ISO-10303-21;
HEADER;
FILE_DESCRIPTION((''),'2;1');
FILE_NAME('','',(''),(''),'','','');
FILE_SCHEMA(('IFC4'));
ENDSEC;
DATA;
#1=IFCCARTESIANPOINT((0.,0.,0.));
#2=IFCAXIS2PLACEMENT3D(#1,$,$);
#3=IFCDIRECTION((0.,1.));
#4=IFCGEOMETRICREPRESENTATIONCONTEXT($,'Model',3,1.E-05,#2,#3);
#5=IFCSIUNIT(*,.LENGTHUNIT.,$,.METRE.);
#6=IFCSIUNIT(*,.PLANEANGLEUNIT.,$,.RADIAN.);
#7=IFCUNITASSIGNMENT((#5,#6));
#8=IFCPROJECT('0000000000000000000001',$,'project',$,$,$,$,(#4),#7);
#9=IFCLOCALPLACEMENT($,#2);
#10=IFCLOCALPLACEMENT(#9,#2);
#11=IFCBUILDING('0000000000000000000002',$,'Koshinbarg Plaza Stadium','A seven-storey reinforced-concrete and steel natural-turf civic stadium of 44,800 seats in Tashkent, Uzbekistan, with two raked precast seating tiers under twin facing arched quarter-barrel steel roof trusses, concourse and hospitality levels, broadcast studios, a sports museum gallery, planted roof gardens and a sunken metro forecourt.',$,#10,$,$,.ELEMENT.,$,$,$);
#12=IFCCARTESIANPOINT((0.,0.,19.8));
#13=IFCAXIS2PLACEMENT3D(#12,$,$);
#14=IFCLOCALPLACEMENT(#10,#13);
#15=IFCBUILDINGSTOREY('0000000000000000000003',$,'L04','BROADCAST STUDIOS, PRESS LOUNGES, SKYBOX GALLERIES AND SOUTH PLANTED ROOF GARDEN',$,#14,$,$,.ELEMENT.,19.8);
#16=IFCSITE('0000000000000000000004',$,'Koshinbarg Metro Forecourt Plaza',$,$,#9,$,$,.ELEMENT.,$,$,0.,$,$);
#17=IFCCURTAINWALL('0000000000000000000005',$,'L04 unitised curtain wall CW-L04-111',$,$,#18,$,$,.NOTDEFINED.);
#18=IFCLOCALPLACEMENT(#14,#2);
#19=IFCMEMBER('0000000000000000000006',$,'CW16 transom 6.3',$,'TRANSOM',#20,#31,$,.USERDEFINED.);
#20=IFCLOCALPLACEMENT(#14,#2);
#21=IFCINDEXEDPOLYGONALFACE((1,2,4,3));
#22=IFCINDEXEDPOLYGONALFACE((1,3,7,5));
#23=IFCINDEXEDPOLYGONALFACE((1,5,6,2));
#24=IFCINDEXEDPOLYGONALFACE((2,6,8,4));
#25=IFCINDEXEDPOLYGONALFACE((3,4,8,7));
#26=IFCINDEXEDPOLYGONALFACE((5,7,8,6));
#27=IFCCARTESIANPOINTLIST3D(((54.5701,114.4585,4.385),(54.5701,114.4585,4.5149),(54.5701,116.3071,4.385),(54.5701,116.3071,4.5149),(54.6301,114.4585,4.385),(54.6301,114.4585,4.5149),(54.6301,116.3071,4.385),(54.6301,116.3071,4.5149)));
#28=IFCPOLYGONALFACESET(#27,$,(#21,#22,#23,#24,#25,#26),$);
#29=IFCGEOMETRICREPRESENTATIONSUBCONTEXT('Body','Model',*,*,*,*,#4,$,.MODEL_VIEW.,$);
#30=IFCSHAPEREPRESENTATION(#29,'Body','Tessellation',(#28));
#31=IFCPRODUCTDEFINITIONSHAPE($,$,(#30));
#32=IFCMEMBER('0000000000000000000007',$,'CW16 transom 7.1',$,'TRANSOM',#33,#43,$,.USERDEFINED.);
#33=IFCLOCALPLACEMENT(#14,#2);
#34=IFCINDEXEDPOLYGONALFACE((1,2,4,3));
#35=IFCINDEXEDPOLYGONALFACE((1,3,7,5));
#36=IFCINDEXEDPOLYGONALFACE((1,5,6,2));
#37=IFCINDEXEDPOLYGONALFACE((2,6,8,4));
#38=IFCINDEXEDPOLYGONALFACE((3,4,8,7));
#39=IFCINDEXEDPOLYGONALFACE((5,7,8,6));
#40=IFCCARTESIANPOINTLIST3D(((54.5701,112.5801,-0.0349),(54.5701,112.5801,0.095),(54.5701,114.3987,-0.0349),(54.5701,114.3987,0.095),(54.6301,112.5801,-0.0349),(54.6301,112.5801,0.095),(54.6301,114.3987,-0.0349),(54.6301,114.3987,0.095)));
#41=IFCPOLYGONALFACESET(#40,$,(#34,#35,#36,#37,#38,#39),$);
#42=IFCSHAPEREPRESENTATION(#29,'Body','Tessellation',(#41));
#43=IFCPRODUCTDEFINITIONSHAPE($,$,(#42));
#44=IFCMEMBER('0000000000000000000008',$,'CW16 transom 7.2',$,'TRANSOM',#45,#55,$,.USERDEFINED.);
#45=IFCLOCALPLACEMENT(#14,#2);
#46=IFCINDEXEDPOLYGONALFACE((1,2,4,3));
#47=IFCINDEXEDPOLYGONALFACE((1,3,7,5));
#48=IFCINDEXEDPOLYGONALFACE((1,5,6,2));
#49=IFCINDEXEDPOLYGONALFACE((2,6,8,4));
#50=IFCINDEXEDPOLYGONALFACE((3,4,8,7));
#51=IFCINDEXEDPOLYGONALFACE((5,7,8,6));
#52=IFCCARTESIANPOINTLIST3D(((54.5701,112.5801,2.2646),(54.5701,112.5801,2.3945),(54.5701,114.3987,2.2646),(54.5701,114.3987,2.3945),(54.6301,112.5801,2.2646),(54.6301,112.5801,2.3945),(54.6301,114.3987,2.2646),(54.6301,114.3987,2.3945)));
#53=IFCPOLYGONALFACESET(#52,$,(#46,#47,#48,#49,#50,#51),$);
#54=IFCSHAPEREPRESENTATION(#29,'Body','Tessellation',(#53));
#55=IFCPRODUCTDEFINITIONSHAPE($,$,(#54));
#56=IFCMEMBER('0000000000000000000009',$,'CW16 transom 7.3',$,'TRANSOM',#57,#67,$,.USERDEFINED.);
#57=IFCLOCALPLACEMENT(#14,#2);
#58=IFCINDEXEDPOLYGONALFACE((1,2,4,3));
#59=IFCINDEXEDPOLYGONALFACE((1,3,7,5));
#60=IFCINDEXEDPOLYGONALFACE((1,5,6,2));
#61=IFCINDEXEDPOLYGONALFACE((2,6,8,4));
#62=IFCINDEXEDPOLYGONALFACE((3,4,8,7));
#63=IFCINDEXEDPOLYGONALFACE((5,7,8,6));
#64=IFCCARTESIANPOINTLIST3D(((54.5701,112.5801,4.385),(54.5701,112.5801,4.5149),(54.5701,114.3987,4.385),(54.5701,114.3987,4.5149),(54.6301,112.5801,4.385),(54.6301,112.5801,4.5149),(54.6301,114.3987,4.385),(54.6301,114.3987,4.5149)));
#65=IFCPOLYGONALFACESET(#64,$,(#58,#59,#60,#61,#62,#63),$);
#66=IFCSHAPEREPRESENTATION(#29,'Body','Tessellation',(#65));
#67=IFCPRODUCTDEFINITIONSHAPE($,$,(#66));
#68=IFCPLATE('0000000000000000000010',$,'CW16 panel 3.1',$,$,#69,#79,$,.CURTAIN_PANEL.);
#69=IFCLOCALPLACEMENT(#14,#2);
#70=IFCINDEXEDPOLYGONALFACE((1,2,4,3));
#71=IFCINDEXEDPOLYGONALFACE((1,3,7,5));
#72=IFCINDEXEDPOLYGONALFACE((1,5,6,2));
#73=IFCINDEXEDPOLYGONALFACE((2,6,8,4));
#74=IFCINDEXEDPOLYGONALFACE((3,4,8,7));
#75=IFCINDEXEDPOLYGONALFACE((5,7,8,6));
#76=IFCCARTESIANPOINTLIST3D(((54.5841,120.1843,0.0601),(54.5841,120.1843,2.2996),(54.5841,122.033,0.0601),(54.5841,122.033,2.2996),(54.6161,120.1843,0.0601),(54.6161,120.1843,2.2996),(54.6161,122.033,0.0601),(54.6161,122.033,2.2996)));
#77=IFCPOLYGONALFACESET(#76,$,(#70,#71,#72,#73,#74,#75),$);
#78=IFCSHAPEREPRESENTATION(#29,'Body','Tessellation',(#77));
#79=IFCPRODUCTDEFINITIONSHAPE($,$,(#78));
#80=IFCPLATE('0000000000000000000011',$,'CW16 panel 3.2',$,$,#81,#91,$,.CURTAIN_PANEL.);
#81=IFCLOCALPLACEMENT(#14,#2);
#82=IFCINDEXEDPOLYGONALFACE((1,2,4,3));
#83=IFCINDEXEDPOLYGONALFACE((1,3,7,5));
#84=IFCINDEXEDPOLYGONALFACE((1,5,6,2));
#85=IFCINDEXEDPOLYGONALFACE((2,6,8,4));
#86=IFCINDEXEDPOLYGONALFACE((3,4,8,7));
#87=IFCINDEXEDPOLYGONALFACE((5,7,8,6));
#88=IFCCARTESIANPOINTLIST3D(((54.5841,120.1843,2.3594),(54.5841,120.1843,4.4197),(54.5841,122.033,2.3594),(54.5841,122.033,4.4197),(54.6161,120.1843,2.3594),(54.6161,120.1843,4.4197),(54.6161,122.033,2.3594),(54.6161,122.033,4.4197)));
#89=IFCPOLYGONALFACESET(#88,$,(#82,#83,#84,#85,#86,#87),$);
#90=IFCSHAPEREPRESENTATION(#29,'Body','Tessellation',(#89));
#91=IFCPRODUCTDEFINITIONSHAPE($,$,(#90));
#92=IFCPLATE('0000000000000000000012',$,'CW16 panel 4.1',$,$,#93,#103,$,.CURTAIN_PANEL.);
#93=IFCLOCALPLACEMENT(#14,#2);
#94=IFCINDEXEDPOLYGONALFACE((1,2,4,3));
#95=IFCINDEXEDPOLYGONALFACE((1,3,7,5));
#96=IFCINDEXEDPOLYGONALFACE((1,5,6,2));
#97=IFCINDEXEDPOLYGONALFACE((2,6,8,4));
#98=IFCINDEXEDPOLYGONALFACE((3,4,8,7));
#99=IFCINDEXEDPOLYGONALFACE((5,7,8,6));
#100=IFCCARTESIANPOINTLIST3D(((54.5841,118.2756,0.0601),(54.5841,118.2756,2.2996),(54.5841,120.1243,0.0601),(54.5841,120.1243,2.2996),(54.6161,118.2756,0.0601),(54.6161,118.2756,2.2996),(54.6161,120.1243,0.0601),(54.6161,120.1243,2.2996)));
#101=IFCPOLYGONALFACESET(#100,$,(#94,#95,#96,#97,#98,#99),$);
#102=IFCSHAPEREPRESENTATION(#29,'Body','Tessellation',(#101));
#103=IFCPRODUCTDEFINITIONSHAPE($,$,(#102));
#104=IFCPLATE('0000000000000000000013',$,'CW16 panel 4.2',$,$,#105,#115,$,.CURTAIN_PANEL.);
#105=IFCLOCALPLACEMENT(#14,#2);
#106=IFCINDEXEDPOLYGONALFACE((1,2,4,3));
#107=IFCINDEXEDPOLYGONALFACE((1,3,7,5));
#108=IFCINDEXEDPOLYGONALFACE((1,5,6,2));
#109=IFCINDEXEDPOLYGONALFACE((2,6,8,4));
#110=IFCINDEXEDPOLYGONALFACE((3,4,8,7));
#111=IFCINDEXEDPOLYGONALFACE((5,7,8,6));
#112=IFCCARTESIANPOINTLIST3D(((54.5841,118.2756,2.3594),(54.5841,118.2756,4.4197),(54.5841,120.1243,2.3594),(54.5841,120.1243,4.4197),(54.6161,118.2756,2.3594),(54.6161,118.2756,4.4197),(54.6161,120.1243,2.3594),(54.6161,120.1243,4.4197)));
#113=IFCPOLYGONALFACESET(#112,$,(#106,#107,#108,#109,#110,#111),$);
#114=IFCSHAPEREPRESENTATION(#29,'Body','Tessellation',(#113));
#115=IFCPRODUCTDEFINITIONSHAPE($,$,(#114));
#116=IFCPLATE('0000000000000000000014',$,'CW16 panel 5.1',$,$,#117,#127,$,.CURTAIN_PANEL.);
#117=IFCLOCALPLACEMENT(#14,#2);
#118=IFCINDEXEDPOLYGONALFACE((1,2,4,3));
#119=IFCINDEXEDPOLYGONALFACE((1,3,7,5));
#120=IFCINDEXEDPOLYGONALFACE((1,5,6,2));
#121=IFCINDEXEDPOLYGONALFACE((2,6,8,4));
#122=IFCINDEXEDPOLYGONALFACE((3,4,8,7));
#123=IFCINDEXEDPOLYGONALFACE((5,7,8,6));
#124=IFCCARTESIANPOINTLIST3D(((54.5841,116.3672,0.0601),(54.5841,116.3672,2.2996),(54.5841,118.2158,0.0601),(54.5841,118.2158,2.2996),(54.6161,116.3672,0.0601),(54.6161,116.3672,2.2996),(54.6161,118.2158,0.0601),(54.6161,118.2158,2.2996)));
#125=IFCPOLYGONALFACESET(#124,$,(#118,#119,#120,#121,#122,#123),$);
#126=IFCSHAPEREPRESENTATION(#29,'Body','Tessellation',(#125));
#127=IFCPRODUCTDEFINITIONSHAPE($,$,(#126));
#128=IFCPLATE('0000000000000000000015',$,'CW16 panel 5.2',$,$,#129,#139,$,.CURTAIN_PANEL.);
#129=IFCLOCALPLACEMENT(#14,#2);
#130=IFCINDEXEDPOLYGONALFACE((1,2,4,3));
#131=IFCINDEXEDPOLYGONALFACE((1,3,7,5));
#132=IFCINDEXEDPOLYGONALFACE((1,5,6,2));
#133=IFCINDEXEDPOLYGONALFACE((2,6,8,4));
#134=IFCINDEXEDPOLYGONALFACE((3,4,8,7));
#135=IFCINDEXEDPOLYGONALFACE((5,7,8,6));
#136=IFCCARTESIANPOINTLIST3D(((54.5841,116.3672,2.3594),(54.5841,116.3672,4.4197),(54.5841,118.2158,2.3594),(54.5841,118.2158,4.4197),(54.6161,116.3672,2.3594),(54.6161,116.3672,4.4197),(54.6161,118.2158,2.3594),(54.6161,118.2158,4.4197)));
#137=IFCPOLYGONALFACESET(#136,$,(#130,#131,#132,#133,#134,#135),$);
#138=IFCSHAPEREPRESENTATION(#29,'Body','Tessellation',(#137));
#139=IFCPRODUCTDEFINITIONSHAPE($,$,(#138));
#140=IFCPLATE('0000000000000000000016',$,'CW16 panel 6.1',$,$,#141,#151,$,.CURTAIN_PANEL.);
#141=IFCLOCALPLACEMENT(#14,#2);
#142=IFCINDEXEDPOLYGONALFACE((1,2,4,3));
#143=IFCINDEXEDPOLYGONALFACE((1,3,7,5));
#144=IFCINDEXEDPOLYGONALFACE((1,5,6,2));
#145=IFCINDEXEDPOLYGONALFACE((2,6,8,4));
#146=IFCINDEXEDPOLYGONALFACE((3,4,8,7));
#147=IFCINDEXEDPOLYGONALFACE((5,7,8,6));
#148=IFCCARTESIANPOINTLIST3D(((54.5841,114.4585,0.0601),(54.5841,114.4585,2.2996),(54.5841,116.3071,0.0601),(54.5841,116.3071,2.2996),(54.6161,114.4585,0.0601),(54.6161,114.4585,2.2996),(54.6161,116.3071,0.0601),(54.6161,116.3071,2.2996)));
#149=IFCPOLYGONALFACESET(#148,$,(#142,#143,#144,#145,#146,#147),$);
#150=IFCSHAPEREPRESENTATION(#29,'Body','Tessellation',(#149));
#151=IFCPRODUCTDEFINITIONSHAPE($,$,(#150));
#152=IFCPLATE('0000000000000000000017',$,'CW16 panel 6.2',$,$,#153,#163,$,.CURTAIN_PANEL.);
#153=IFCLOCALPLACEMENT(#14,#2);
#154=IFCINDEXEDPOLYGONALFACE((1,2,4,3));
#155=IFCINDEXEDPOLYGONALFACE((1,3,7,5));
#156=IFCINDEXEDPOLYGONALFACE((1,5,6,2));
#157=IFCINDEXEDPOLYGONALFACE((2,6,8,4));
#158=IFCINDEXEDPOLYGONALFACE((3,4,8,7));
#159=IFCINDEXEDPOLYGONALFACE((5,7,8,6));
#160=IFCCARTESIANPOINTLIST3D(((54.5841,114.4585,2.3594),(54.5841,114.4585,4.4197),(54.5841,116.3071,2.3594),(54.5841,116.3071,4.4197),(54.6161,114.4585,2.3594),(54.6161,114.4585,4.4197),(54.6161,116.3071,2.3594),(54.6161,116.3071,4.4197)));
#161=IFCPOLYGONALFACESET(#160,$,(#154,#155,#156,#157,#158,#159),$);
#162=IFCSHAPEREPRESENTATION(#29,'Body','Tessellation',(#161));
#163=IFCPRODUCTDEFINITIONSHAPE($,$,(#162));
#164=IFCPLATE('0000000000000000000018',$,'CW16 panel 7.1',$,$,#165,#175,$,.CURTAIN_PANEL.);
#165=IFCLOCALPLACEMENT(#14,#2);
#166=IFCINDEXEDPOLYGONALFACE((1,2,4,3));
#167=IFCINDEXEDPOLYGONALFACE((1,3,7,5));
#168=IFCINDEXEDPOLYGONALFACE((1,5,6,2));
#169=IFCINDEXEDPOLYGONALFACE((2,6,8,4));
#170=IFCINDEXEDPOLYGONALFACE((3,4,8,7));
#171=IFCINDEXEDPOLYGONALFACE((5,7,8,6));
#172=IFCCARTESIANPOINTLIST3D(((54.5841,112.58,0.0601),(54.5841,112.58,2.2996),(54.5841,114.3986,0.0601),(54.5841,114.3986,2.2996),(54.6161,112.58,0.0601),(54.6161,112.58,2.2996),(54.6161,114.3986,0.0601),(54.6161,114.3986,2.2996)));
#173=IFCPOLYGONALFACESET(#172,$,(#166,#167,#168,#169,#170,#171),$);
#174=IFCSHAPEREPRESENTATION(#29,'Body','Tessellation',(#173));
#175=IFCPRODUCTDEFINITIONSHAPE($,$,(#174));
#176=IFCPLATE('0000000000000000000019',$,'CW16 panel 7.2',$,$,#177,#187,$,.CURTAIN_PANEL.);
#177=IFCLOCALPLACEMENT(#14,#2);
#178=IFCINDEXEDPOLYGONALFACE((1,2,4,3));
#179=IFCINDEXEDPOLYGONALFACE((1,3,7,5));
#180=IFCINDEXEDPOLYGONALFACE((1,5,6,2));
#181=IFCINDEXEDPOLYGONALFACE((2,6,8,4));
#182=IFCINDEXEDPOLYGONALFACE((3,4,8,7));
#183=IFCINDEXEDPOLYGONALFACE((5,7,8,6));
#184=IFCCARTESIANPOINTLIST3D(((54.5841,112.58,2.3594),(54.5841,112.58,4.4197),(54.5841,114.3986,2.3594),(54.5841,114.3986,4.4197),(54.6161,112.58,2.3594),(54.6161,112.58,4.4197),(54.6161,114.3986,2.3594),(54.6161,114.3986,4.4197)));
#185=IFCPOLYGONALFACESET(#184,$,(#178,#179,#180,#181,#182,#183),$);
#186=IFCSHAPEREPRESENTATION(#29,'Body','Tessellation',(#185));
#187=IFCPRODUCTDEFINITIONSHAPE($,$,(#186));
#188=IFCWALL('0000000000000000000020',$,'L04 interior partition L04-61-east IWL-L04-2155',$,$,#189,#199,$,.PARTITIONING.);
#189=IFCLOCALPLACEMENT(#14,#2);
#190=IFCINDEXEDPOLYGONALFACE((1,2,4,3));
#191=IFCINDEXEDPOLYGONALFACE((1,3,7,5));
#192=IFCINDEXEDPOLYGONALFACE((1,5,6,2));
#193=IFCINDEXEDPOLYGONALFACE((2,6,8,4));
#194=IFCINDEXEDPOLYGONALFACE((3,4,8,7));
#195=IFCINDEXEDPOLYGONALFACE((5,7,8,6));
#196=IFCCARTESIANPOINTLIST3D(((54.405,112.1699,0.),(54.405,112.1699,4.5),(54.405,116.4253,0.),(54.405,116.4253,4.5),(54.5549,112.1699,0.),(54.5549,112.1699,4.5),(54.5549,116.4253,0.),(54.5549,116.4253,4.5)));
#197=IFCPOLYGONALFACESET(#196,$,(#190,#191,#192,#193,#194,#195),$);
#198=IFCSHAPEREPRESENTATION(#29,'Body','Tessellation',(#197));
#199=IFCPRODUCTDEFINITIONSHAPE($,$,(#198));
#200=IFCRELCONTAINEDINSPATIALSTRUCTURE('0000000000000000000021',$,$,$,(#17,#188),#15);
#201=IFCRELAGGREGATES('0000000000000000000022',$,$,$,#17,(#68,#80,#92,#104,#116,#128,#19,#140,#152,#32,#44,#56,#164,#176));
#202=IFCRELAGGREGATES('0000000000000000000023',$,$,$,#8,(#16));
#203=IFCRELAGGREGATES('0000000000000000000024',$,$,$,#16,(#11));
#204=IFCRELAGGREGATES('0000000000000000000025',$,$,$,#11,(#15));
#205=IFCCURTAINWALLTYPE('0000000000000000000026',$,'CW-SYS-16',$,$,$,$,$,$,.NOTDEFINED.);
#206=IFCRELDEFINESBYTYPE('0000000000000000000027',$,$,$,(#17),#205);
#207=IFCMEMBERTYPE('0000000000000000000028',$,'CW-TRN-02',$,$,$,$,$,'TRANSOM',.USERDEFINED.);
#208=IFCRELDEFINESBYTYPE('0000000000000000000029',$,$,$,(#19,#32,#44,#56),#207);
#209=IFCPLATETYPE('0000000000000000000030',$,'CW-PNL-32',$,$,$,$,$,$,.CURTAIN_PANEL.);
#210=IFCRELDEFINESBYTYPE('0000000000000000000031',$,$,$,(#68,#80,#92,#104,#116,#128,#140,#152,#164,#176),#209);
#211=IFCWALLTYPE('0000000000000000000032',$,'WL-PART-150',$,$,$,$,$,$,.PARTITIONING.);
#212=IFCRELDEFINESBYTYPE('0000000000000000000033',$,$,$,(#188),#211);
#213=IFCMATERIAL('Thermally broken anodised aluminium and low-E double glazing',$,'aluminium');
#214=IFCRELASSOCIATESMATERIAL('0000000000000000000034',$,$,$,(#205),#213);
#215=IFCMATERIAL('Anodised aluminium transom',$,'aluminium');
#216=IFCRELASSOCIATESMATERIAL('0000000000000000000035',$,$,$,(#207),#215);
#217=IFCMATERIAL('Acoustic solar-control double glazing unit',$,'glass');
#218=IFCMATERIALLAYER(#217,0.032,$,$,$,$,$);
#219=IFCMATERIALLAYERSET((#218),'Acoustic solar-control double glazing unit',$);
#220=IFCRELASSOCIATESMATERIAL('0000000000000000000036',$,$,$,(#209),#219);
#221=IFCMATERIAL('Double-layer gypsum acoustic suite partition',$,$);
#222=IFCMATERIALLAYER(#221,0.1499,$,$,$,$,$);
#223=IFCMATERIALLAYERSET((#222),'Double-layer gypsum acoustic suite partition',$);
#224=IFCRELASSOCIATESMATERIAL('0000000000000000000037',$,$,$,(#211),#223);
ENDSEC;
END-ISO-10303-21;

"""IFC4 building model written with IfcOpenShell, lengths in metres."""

from ifc_helpers import new_model, si_unit, direction, frame, frame_2d, origin, origin_2d, place, context, subcontext, project, spatial, rectangle, extrude, material, layer, layer_set, material_profile, profile_set, type_object, element, aggregate, save


model = new_model("IFC4")

# Units and contexts
model_context = context("Model", 3, precision=1e-05, world=origin(), true_north=direction((0.0, 1.0)))
body_context = subcontext(model_context, "Body", "Model", "MODEL_VIEW")
ifc_project = project(units=[si_unit("LENGTHUNIT", "METRE"), si_unit("PLANEANGLEUNIT", "RADIAN")], contexts=[model_context])

# Site, building, storey
site_placement = place(None, origin())
site = spatial("IfcSite", under=ifc_project, at=site_placement, Name="Koshinbarg Metro Forecourt Plaza", CompositionType="ELEMENT", RefElevation=0.0)
building_placement = place(site_placement, origin())
building = spatial("IfcBuilding", under=site, at=building_placement, Name="Koshinbarg Plaza Stadium", Description="A seven-storey reinforced-concrete and steel natural-turf civic stadium of 44,800 seats in Tashkent, Uzbekistan, with two raked precast seating tiers under twin facing arched quarter-barrel steel roof trusses, concourse and hospitality levels, broadcast studios, a sports museum gallery, planted roof gardens and a sunken metro forecourt.", CompositionType="ELEMENT")
storey_placement = place(building_placement, frame((0.0, 0.0, 19.8)))
storey = spatial("IfcBuildingStorey", under=building, at=storey_placement, Name="L04", Description="BROADCAST STUDIOS, PRESS LOUNGES, SKYBOX GALLERIES AND SOUTH PLANTED ROOF GARDEN", CompositionType="ELEMENT", Elevation=19.8)

# Curtain wall, members, plates
ifc_material_1 = material(Name="Thermally broken anodised aluminium and low-E double glazing", Category="aluminium")
curtain_wall_type = type_object("IfcCurtainWallType", Name="CW-SYS-16", PredefinedType="NOTDEFINED", material=ifc_material_1)
curtain_wall_placement = place(storey_placement, origin())
curtain_wall = element("IfcCurtainWall", 1, at=curtain_wall_placement, inside=storey, type_object=curtain_wall_type, Name="L04 unitised curtain wall CW-L04-111", PredefinedType="NOTDEFINED")
ifc_material_2 = material(Name="Anodised aluminium transom", Category="aluminium")
ifc_material_profile_1 = material_profile(ifc_material_2, rectangle(XDim=0.0601, YDim=0.1299, at=origin_2d()), Name="ALU 60x130")
ifc_profile_set_1 = profile_set([ifc_material_profile_1], Name="Anodised aluminium transom")
member_type_1 = type_object("IfcMemberType", Name="CW-TRN-02", ElementType="TRANSOM", PredefinedType="USERDEFINED", material=ifc_profile_set_1)
member_1_placement = place(storey_placement, frame((54.6001, 116.3071, 4.45), z_axis=(0.0, -1.0, 0.0), x_axis=(1.0, 0.0, 0.0)))
member_1 = element("IfcMember", 2, at=member_1_placement, type_object=member_type_1, Name="CW16 transom 6.3", ObjectType="TRANSOM", PredefinedType="USERDEFINED", context=body_context, shape_type="SweptSolid", body=[
    extrude(rectangle(XDim=0.0601, YDim=0.1299, at=origin_2d()), origin(), (0.0, 0.0, 1.0), 1.8486),
])
member_2_placement = place(storey_placement, frame((54.6001, 114.3987, 0.03), z_axis=(0.0, -1.0, 0.0), x_axis=(1.0, 0.0, 0.0)))
member_2 = element("IfcMember", 3, at=member_2_placement, type_object=member_type_1, Name="CW16 transom 7.1", ObjectType="TRANSOM", PredefinedType="USERDEFINED", context=body_context, shape_type="SweptSolid", body=[
    extrude(rectangle(XDim=0.0601, YDim=0.1299, at=origin_2d()), origin(), (0.0, 0.0, 1.0), 1.8186),
])
member_3_placement = place(storey_placement, frame((54.6001, 114.3987, 2.3296), z_axis=(0.0, -1.0, 0.0), x_axis=(1.0, 0.0, 0.0)))
member_3 = element("IfcMember", 4, at=member_3_placement, type_object=member_type_1, Name="CW16 transom 7.2", ObjectType="TRANSOM", PredefinedType="USERDEFINED", context=body_context, shape_type="SweptSolid", body=[
    extrude(rectangle(XDim=0.0601, YDim=0.1299, at=origin_2d()), origin(), (0.0, 0.0, 1.0), 1.8186),
])
member_4_placement = place(storey_placement, frame((54.6001, 114.3987, 4.45), z_axis=(0.0, -1.0, 0.0), x_axis=(1.0, 0.0, 0.0)))
member_4 = element("IfcMember", 5, at=member_4_placement, type_object=member_type_1, Name="CW16 transom 7.3", ObjectType="TRANSOM", PredefinedType="USERDEFINED", context=body_context, shape_type="SweptSolid", body=[
    extrude(rectangle(XDim=0.0601, YDim=0.1299, at=origin_2d()), origin(), (0.0, 0.0, 1.0), 1.8186),
])
ifc_material_3 = material(Name="Acoustic solar-control double glazing unit", Category="glass")
ifc_layer_1 = layer(ifc_material_3, 0.032)
ifc_layer_set_1 = layer_set([ifc_layer_1], Name="Acoustic solar-control double glazing unit")
plate_type = type_object("IfcPlateType", Name="CW-PNL-32", PredefinedType="CURTAIN_PANEL", material=ifc_layer_set_1)
plate_1_placement = place(storey_placement, frame((54.6001, 121.1086, 0.0601), z_axis=(0.0, 0.0, 1.0), x_axis=(0.0, -1.0, 0.0)))
plate_1 = element("IfcPlate", 6, at=plate_1_placement, type_object=plate_type, Name="CW16 panel 3.1", PredefinedType="CURTAIN_PANEL", context=body_context, shape_type="SweptSolid", body=[
    extrude(rectangle(XDim=1.8486, YDim=0.032, at=origin_2d()), origin(), (0.0, 0.0, 1.0), 2.2395),
])
plate_2_placement = place(storey_placement, frame((54.6001, 121.1086, 2.3594), z_axis=(0.0, 0.0, 1.0), x_axis=(0.0, -1.0, 0.0)))
plate_2 = element("IfcPlate", 7, at=plate_2_placement, type_object=plate_type, Name="CW16 panel 3.2", PredefinedType="CURTAIN_PANEL", context=body_context, shape_type="SweptSolid", body=[
    extrude(rectangle(XDim=1.8486, YDim=0.032, at=origin_2d()), origin(), (0.0, 0.0, 1.0), 2.0603),
])
plate_3_placement = place(storey_placement, frame((54.6001, 119.2, 0.0601), z_axis=(0.0, 0.0, 1.0), x_axis=(0.0, -1.0, 0.0)))
plate_3 = element("IfcPlate", 8, at=plate_3_placement, type_object=plate_type, Name="CW16 panel 4.1", PredefinedType="CURTAIN_PANEL", context=body_context, shape_type="SweptSolid", body=[
    extrude(rectangle(XDim=1.8486, YDim=0.032, at=origin_2d()), origin(), (0.0, 0.0, 1.0), 2.2395),
])
plate_4_placement = place(storey_placement, frame((54.6001, 119.2, 2.3594), z_axis=(0.0, 0.0, 1.0), x_axis=(0.0, -1.0, 0.0)))
plate_4 = element("IfcPlate", 9, at=plate_4_placement, type_object=plate_type, Name="CW16 panel 4.2", PredefinedType="CURTAIN_PANEL", context=body_context, shape_type="SweptSolid", body=[
    extrude(rectangle(XDim=1.8486, YDim=0.032, at=origin_2d()), origin(), (0.0, 0.0, 1.0), 2.0603),
])
plate_5_placement = place(storey_placement, frame((54.6001, 117.2915, 0.0601), z_axis=(0.0, 0.0, 1.0), x_axis=(0.0, -1.0, 0.0)))
plate_5 = element("IfcPlate", 10, at=plate_5_placement, type_object=plate_type, Name="CW16 panel 5.1", PredefinedType="CURTAIN_PANEL", context=body_context, shape_type="SweptSolid", body=[
    extrude(rectangle(XDim=1.8486, YDim=0.032, at=origin_2d()), origin(), (0.0, 0.0, 1.0), 2.2395),
])
plate_6_placement = place(storey_placement, frame((54.6001, 117.2915, 2.3594), z_axis=(0.0, 0.0, 1.0), x_axis=(0.0, -1.0, 0.0)))
plate_6 = element("IfcPlate", 11, at=plate_6_placement, type_object=plate_type, Name="CW16 panel 5.2", PredefinedType="CURTAIN_PANEL", context=body_context, shape_type="SweptSolid", body=[
    extrude(rectangle(XDim=1.8486, YDim=0.032, at=origin_2d()), origin(), (0.0, 0.0, 1.0), 2.0603),
])
plate_7_placement = place(storey_placement, frame((54.6001, 115.3828, 0.0601), z_axis=(0.0, 0.0, 1.0), x_axis=(0.0, -1.0, 0.0)))
plate_7 = element("IfcPlate", 12, at=plate_7_placement, type_object=plate_type, Name="CW16 panel 6.1", PredefinedType="CURTAIN_PANEL", context=body_context, shape_type="SweptSolid", body=[
    extrude(rectangle(XDim=1.8486, YDim=0.032, at=origin_2d()), origin(), (0.0, 0.0, 1.0), 2.2395),
])
plate_8_placement = place(storey_placement, frame((54.6001, 115.3828, 2.3594), z_axis=(0.0, 0.0, 1.0), x_axis=(0.0, -1.0, 0.0)))
plate_8 = element("IfcPlate", 13, at=plate_8_placement, type_object=plate_type, Name="CW16 panel 6.2", PredefinedType="CURTAIN_PANEL", context=body_context, shape_type="SweptSolid", body=[
    extrude(rectangle(XDim=1.8486, YDim=0.032, at=origin_2d()), origin(), (0.0, 0.0, 1.0), 2.0603),
])
plate_9_placement = place(storey_placement, frame((54.6001, 113.4893, 0.0601), z_axis=(0.0, 0.0, 1.0), x_axis=(0.0, -1.0, 0.0)))
plate_9 = element("IfcPlate", 14, at=plate_9_placement, type_object=plate_type, Name="CW16 panel 7.1", PredefinedType="CURTAIN_PANEL", context=body_context, shape_type="SweptSolid", body=[
    extrude(rectangle(XDim=1.8186, YDim=0.032, at=origin_2d()), origin(), (0.0, 0.0, 1.0), 2.2395),
])
plate_10_placement = place(storey_placement, frame((54.6001, 113.4893, 2.3594), z_axis=(0.0, 0.0, 1.0), x_axis=(0.0, -1.0, 0.0)))
plate_10 = element("IfcPlate", 15, at=plate_10_placement, type_object=plate_type, Name="CW16 panel 7.2", PredefinedType="CURTAIN_PANEL", context=body_context, shape_type="SweptSolid", body=[
    extrude(rectangle(XDim=1.8186, YDim=0.032, at=origin_2d()), origin(), (0.0, 0.0, 1.0), 2.0603),
])
aggregate(curtain_wall, [plate_1, plate_2, plate_3, plate_4, plate_5, plate_6, member_1, plate_7, plate_8, member_2, member_3, member_4, plate_9, plate_10])

# Wall
ifc_material_4 = material(Name="Double-layer gypsum acoustic suite partition")
ifc_layer_2 = layer(ifc_material_4, 0.1499)
ifc_layer_set_2 = layer_set([ifc_layer_2], Name="Double-layer gypsum acoustic suite partition")
wall_type_1 = type_object("IfcWallType", Name="WL-PART-150", PredefinedType="PARTITIONING", material=ifc_layer_set_2)
wall_1_placement = place(storey_placement, frame((54.48, 112.1699, 0.0), z_axis=(0.0, 0.0, 1.0), x_axis=(0.0, 1.0, 0.0)))
element("IfcWall", 16, at=wall_1_placement, inside=storey, type_object=wall_type_1, Name="L04 interior partition L04-61-east IWL-L04-2155", PredefinedType="PARTITIONING", context=body_context, shape_type="SweptSolid", body=[
    extrude(rectangle(XDim=4.2554, YDim=0.1499, at=frame_2d((2.1277, 0.0))), origin(), (0.0, 0.0, 1.0), 4.5),
])

save(model, "model.ifc")
